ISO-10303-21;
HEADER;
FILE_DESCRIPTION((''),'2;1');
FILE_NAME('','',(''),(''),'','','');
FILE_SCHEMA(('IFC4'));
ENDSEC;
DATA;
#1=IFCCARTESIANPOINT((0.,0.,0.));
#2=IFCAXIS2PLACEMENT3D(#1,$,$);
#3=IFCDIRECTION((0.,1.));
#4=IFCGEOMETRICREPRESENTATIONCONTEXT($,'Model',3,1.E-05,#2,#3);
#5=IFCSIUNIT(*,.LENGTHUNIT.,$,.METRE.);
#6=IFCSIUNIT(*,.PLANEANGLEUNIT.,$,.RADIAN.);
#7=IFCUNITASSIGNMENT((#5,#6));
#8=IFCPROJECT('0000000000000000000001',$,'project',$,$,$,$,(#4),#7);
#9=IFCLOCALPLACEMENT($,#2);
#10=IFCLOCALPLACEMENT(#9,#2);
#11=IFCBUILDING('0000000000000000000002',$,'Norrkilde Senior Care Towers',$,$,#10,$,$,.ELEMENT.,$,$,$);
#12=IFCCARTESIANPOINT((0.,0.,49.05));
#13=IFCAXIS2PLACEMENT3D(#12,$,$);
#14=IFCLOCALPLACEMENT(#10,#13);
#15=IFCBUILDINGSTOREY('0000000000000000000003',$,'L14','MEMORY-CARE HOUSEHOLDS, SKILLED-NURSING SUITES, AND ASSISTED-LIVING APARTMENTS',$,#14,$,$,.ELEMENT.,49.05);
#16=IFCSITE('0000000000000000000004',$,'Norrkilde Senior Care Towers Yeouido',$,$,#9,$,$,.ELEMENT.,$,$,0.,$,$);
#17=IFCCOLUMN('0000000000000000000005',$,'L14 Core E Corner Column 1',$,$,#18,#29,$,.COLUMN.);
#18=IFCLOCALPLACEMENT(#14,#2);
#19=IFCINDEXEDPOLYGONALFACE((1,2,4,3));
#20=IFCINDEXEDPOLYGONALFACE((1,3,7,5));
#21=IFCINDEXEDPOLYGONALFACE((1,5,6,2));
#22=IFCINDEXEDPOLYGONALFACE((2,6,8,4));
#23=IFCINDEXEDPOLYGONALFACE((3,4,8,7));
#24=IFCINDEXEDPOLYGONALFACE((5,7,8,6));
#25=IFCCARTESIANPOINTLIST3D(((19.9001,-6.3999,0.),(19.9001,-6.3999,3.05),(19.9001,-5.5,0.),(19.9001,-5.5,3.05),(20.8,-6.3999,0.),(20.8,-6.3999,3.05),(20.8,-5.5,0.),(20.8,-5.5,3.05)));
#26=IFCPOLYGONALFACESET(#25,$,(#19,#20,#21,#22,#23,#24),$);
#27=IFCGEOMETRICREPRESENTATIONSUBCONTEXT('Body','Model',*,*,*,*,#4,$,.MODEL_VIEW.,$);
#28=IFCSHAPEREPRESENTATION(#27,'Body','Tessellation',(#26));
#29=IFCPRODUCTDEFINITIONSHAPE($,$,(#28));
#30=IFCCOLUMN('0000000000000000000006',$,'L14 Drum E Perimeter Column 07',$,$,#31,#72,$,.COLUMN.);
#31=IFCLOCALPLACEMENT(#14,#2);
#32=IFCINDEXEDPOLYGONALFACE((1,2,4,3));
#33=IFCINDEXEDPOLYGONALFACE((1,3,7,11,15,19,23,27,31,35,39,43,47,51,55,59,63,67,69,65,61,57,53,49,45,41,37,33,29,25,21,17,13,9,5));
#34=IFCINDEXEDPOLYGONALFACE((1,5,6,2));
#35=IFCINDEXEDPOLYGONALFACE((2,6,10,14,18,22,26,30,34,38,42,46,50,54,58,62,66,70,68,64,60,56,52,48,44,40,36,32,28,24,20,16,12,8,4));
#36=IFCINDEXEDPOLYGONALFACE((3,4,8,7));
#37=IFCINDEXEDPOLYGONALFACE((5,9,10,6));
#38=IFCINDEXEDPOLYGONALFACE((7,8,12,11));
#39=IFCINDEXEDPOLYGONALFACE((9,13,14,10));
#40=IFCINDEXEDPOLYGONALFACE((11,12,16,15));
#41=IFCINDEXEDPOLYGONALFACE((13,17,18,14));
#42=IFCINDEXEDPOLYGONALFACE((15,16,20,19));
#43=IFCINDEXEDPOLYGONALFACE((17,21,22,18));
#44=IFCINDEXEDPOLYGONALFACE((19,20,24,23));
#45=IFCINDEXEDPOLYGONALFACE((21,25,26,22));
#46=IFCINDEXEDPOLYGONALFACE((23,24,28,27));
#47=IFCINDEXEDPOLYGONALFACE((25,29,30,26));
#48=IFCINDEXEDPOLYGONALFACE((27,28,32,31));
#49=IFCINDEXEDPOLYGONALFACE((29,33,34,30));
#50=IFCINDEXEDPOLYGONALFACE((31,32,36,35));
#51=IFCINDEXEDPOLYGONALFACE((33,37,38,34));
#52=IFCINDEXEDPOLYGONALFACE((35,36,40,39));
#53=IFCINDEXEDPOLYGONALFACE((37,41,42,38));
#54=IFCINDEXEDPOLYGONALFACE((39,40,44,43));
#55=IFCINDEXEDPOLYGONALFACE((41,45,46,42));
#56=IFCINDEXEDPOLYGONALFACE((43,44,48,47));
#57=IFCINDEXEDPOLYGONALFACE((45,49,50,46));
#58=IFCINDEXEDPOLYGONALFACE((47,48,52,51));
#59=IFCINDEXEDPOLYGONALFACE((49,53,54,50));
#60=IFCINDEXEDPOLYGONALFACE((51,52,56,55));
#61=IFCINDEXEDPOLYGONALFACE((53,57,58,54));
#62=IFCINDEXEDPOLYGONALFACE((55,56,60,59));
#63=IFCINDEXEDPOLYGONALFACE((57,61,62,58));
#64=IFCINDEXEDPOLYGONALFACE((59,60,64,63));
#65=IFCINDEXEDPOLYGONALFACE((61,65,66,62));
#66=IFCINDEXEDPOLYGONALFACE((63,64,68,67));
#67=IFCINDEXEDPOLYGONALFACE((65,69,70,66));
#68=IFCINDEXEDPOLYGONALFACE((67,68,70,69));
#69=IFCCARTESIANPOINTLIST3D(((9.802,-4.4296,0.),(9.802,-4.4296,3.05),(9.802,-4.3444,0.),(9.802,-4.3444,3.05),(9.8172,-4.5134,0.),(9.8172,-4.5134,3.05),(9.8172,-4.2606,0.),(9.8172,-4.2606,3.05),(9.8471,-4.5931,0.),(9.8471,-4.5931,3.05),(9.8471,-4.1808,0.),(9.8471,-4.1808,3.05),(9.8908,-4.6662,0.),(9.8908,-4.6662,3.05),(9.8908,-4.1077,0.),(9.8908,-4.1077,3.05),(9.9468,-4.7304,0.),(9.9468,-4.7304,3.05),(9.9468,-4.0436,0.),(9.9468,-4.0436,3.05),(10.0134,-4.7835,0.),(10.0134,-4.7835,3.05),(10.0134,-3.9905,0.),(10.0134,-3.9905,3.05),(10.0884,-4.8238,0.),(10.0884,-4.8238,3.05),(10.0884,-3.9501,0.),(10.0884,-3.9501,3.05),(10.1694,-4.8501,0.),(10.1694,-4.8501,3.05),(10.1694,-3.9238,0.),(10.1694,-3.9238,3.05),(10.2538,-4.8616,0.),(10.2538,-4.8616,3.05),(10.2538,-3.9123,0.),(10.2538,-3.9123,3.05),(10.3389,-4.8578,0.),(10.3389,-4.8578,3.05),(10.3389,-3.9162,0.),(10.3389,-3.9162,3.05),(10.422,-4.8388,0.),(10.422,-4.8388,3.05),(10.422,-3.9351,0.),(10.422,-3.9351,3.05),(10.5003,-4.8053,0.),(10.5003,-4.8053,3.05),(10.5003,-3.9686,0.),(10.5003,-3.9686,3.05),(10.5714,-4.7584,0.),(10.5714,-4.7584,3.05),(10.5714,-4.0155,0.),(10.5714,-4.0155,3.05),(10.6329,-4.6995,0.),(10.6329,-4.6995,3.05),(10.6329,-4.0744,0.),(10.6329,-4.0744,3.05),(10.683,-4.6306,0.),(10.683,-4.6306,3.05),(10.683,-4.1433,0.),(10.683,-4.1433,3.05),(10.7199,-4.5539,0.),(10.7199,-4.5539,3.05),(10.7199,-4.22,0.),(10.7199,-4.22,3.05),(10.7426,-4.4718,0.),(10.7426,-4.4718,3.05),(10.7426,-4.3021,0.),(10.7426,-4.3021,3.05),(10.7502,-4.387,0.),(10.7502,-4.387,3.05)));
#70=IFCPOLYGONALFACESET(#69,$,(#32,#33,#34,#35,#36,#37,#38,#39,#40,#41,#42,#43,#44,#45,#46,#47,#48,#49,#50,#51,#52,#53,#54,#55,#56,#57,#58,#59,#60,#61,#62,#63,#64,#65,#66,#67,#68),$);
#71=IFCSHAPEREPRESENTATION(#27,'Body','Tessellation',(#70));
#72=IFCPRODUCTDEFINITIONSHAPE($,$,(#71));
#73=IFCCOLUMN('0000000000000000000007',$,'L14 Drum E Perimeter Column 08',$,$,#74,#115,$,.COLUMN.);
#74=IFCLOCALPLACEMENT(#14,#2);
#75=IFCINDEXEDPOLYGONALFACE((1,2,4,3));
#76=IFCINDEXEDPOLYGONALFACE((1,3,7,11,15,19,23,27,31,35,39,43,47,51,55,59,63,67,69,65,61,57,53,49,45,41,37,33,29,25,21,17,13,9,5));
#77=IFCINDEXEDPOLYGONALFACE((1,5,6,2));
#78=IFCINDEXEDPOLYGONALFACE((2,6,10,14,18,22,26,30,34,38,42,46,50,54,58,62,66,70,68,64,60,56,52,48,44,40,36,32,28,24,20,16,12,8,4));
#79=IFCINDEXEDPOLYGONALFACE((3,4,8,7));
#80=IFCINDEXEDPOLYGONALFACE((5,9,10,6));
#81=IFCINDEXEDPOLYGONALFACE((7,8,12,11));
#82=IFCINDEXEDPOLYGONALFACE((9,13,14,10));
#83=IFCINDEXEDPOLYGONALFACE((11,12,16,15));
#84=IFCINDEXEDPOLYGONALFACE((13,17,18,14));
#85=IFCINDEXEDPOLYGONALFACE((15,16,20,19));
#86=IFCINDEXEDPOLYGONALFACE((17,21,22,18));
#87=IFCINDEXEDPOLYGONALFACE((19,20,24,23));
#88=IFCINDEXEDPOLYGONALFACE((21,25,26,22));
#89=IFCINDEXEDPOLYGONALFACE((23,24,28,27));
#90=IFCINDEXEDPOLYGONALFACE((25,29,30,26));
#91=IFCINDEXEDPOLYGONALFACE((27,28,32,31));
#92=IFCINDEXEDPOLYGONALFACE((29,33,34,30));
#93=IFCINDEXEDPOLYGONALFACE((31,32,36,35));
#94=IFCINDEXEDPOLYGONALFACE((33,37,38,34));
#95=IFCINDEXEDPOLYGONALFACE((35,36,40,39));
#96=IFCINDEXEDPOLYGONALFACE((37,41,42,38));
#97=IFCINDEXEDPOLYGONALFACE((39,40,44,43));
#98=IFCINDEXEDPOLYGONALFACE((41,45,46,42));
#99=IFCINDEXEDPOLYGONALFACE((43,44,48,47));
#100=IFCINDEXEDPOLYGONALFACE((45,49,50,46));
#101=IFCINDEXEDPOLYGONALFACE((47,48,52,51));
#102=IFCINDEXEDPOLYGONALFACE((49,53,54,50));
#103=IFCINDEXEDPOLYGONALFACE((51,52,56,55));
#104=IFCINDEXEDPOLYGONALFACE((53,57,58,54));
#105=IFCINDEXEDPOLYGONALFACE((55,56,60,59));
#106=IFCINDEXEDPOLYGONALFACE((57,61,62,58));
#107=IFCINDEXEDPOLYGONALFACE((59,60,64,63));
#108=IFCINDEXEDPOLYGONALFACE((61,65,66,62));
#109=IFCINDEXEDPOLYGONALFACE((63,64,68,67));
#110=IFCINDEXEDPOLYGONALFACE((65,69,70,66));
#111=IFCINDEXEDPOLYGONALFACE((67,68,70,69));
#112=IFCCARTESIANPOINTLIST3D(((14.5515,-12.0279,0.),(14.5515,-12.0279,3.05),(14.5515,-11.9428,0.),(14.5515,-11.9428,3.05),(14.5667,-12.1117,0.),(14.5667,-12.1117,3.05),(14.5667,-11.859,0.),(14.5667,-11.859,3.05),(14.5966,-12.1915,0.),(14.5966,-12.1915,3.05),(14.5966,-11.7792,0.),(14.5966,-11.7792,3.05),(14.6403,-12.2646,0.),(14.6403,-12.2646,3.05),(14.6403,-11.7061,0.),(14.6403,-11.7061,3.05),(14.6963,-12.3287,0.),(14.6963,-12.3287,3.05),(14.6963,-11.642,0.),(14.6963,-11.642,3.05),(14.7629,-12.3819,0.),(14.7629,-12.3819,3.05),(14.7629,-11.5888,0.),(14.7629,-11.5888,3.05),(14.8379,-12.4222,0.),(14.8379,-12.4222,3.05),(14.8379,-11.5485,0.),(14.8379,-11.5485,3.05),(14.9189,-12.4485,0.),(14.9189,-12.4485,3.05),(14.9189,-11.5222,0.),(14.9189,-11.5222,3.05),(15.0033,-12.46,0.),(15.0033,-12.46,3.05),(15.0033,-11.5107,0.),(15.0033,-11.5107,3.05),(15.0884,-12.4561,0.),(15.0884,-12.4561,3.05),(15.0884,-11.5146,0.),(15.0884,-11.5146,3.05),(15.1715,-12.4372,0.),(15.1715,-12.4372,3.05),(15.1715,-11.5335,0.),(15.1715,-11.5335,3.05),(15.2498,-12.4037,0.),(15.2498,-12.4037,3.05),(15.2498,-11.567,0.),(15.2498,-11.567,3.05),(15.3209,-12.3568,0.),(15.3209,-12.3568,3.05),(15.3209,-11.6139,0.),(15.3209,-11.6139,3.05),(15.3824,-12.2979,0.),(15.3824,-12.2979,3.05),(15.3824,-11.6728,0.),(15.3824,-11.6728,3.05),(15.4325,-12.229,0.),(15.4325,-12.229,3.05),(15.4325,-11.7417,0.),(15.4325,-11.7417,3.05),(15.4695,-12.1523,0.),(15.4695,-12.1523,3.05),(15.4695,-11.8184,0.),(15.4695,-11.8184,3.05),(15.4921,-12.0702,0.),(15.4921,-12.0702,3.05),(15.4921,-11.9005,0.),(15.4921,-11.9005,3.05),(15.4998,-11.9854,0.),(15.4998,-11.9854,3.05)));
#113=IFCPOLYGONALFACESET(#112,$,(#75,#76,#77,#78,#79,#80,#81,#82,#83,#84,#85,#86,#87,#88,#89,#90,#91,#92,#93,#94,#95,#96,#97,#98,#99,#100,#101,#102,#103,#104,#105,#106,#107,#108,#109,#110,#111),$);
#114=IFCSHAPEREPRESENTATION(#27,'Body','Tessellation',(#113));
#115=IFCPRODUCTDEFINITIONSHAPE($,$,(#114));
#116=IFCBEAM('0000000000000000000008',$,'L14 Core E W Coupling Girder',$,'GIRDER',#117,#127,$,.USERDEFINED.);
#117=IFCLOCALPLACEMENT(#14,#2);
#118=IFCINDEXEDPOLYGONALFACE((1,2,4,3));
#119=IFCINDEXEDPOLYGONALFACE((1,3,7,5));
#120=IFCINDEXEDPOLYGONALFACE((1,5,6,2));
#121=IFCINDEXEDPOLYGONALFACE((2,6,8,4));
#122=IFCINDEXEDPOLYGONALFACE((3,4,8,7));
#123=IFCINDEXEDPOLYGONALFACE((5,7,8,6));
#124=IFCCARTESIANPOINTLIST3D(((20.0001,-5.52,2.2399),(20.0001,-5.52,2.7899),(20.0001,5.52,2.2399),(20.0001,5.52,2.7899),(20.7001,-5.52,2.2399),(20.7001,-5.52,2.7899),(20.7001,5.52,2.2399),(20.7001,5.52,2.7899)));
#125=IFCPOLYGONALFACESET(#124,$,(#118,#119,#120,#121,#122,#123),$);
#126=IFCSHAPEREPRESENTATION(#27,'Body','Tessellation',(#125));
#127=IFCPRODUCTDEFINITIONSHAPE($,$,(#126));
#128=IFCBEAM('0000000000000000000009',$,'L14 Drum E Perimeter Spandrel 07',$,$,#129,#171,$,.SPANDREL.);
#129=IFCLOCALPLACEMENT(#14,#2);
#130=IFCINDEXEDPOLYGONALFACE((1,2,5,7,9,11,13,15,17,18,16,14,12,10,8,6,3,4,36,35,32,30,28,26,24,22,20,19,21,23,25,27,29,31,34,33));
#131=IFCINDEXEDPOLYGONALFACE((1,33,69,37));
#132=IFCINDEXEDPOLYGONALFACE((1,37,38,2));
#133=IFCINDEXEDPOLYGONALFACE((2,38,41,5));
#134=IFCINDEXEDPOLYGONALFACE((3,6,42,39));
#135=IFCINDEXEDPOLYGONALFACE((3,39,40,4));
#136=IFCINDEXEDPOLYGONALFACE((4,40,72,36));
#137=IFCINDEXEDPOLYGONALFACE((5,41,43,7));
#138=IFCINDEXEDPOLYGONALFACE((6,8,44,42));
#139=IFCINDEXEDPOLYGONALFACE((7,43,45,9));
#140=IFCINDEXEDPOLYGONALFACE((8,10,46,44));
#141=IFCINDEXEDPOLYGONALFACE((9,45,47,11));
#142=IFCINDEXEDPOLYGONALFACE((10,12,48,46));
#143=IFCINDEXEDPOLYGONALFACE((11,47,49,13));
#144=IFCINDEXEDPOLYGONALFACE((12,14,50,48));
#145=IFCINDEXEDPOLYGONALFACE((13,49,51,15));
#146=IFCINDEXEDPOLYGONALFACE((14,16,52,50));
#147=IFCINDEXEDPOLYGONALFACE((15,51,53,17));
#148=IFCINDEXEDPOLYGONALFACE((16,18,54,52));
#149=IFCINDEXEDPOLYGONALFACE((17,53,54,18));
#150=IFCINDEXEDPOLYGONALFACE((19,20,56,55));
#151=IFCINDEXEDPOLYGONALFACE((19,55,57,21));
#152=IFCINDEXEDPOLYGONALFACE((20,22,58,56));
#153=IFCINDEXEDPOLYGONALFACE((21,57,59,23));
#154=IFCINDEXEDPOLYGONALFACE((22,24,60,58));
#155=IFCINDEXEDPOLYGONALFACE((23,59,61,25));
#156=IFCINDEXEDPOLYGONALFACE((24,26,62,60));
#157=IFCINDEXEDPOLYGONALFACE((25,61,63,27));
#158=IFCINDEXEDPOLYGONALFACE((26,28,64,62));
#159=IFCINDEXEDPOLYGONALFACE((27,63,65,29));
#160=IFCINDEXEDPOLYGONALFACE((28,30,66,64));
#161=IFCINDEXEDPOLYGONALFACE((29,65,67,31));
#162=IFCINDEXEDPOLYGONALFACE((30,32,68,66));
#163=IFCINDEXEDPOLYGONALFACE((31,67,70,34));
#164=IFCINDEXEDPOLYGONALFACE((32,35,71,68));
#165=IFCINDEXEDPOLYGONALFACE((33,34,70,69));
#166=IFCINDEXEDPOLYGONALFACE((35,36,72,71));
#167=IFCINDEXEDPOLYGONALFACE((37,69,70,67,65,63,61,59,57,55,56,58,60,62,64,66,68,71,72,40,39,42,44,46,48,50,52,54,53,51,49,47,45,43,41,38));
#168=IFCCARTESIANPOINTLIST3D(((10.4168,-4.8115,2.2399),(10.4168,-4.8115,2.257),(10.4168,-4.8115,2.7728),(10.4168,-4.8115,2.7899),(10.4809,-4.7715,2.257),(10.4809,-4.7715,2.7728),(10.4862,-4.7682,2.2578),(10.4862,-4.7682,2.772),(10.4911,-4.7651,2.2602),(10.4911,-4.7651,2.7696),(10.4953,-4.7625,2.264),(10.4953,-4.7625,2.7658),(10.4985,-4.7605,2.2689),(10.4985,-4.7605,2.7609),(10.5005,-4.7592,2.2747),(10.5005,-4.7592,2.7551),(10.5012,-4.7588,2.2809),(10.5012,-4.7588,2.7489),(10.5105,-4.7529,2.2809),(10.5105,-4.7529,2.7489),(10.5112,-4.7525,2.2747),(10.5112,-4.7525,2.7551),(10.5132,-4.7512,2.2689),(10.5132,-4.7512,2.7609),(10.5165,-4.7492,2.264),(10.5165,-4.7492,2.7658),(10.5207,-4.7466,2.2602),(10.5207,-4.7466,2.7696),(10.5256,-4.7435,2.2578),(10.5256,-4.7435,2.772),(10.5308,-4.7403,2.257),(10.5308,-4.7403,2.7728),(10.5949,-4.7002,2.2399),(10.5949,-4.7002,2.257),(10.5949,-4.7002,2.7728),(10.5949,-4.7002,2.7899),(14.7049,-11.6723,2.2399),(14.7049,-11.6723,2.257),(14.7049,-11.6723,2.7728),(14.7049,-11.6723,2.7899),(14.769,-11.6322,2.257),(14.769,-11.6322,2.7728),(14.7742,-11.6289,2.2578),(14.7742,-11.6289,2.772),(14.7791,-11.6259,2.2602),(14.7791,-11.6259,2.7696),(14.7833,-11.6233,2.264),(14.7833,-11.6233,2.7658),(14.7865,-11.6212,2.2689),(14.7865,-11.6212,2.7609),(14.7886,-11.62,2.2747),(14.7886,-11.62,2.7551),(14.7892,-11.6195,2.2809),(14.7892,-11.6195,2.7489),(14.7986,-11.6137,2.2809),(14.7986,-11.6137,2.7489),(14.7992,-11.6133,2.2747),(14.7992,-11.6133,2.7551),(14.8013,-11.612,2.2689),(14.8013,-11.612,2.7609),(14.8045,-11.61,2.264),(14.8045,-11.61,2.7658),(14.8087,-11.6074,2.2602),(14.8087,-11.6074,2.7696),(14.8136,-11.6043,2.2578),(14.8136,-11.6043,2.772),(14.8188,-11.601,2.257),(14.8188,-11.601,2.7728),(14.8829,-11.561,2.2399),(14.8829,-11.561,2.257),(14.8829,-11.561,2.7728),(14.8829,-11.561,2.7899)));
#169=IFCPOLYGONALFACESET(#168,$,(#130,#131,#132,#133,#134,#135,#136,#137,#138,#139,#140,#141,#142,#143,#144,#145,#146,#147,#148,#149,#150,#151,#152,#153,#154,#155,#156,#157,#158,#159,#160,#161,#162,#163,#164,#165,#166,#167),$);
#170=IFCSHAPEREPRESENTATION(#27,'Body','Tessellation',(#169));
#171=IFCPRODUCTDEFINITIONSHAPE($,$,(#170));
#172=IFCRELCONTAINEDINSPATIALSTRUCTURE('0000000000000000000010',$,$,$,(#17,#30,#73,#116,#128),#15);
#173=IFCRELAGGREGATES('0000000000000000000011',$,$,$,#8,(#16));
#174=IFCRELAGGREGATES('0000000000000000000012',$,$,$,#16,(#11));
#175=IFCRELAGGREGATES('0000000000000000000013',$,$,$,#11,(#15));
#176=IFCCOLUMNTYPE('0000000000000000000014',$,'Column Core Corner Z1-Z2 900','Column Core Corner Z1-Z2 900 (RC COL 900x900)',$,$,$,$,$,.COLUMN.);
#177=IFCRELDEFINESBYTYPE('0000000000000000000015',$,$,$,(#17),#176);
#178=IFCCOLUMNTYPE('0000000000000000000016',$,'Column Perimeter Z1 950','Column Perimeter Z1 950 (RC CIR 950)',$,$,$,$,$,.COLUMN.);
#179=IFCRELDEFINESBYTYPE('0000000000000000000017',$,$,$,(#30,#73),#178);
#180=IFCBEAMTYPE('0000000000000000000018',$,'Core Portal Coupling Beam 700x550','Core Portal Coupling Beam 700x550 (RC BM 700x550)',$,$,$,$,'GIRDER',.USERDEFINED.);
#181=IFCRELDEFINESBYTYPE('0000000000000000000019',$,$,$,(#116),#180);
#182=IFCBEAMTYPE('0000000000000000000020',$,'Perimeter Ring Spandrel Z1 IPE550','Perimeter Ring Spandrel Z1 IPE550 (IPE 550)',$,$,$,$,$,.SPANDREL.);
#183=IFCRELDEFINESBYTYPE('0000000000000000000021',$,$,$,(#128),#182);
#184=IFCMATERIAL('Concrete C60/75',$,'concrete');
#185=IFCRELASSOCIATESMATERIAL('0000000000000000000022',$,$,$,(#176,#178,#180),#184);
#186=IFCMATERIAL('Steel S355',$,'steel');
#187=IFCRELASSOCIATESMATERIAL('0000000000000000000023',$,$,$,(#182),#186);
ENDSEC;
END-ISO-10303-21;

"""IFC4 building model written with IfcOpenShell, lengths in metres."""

from ifc_helpers import new_model, si_unit, direction, frame, origin, origin_2d, place, context, subcontext, project, spatial, rectangle, circle, i_section, extrude, source, transform, mapped, material, material_profile, profile_set, type_object, type_shapes, element, save


model = new_model("IFC4")

# Units and contexts
model_context = context("Model", 3, precision=1e-05, world=origin(), true_north=direction((0.0, 1.0)))
body_context = subcontext(model_context, "Body", "Model", "MODEL_VIEW")
ifc_project = project(units=[si_unit("LENGTHUNIT", "METRE"), si_unit("PLANEANGLEUNIT", "RADIAN")], contexts=[model_context])

# Site, building, storey
site_placement = place(None, origin())
site = spatial("IfcSite", under=ifc_project, at=site_placement, Name="Norrkilde Senior Care Towers Yeouido", CompositionType="ELEMENT", RefElevation=0.0)
building_placement = place(site_placement, origin())
building = spatial("IfcBuilding", under=site, at=building_placement, Name="Norrkilde Senior Care Towers", CompositionType="ELEMENT")
storey_placement = place(building_placement, frame((0.0, 0.0, 49.05)))
storey = spatial("IfcBuildingStorey", under=building, at=storey_placement, Name="L14", Description="MEMORY-CARE HOUSEHOLDS, SKILLED-NURSING SUITES, AND ASSISTED-LIVING APARTMENTS", CompositionType="ELEMENT", Elevation=49.05)

# Columns
ifc_material_1 = material(Name="Concrete C60/75", Category="concrete")
ifc_material_profile_1 = material_profile(ifc_material_1, rectangle(XDim=0.8999, YDim=0.8999, at=origin_2d()), Name="RC COL 900x900")
ifc_profile_set_1 = profile_set([ifc_material_profile_1], Name="Concrete C60/75")
column_type_1 = type_object("IfcColumnType", Name="Column Core Corner Z1-Z2 900", Description="Column Core Corner Z1-Z2 900 (RC COL 900x900)", PredefinedType="COLUMN", material=ifc_profile_set_1)
shared_shape_1 = source(origin(), body_context, "Body", "SweptSolid", [
    extrude(rectangle(XDim=0.8999, YDim=0.8999, at=origin_2d()), origin(), (0.0, 0.0, 1.0), 3.05),
])
type_shapes(column_type_1, [shared_shape_1])
column_placement = place(storey_placement, frame((20.3501, -5.95, 0.0), z_axis=(0.0, 0.0, 1.0), x_axis=(1.0, 0.0, 0.0)))
element("IfcColumn", 1, at=column_placement, inside=storey, type_object=column_type_1, Name="L14 Core E Corner Column 1", PredefinedType="COLUMN", context=body_context, shape_type="MappedRepresentation", body=[
    mapped(shared_shape_1, transform((0.0, 0.0, 0.0), x_axis=(1.0, 0.0, 0.0), y_axis=(0.0, 1.0, 0.0), z_axis=(0.0, 0.0, 1.0), scale=1.0)),
])
ifc_material_profile_2 = material_profile(ifc_material_1, circle(Radius=0.4751, at=origin_2d()), Name="RC CIR 950")
ifc_profile_set_2 = profile_set([ifc_material_profile_2], Name="Concrete C60/75")
column_type_2 = type_object("IfcColumnType", Name="Column Perimeter Z1 950", Description="Column Perimeter Z1 950 (RC CIR 950)", PredefinedType="COLUMN", material=ifc_profile_set_2)
shared_shape_2 = source(origin(), body_context, "Body", "SweptSolid", [
    extrude(circle(Radius=0.4751, at=origin_2d()), origin(), (0.0, 0.0, 1.0), 3.05),
])
type_shapes(column_type_2, [shared_shape_2])
for number, where, z_axis, x_axis, name in (
    (2, (10.2751, -4.387, 0.0), (0.0, 0.0, 1.0), (1.0, 0.0, 0.0), "L14 Drum E Perimeter Column 07"),
    (3, (15.0247, -11.9854, 0.0), (0.0, 0.0, 1.0), (1.0, 0.0, 0.0), "L14 Drum E Perimeter Column 08"),
):
    element("IfcColumn", number, at=place(storey_placement, frame(where, z_axis=z_axis, x_axis=x_axis)), inside=storey, type_object=column_type_2, Name=name, PredefinedType="COLUMN", context=body_context, shape_type="MappedRepresentation", body=[
        mapped(shared_shape_2, transform((0.0, 0.0, 0.0), x_axis=(1.0, 0.0, 0.0), y_axis=(0.0, 1.0, 0.0), z_axis=(0.0, 0.0, 1.0), scale=1.0)),
    ])

# Beams
ifc_material_profile_3 = material_profile(ifc_material_1, rectangle(XDim=0.7, YDim=0.55, at=origin_2d()), Name="RC BM 700x550")
ifc_profile_set_3 = profile_set([ifc_material_profile_3], Name="Concrete C60/75")
beam_type_1 = type_object("IfcBeamType", Name="Core Portal Coupling Beam 700x550", Description="Core Portal Coupling Beam 700x550 (RC BM 700x550)", ElementType="GIRDER", PredefinedType="USERDEFINED", material=ifc_profile_set_3)
shared_shape_3 = source(origin(), body_context, "Body", "SweptSolid", [
    extrude(rectangle(XDim=0.7, YDim=0.55, at=origin_2d()), origin(), (0.0, 0.0, 1.0), 11.04),
])
type_shapes(beam_type_1, [shared_shape_3])
beam_1_placement = place(storey_placement, frame((20.3501, -5.52, 2.5149), z_axis=(0.0, 1.0, 0.0), x_axis=(-1.0, 0.0, 0.0)))
element("IfcBeam", 4, at=beam_1_placement, inside=storey, type_object=beam_type_1, Name="L14 Core E W Coupling Girder", ObjectType="GIRDER", PredefinedType="USERDEFINED", context=body_context, shape_type="MappedRepresentation", body=[
    mapped(shared_shape_3, transform((0.0, 0.0, 0.0), x_axis=(1.0, 0.0, 0.0), y_axis=(0.0, 1.0, 0.0), z_axis=(0.0, 0.0, 1.0), scale=1.0)),
])
ifc_material_2 = material(Name="Steel S355", Category="steel")
ifc_material_profile_4 = material_profile(ifc_material_2, i_section(OverallWidth=0.21, OverallDepth=0.55, WebThickness=0.011, FlangeThickness=0.0171, FilletRadius=0.0239, at=origin_2d()), Name="IPE 550")
ifc_profile_set_4 = profile_set([ifc_material_profile_4], Name="Steel S355")
beam_type_2 = type_object("IfcBeamType", Name="Perimeter Ring Spandrel Z1 IPE550", Description="Perimeter Ring Spandrel Z1 IPE550 (IPE 550)", PredefinedType="SPANDREL", material=ifc_profile_set_4)
shared_shape_4 = source(origin(), body_context, "Body", "SweptSolid", [
    extrude(i_section(OverallWidth=0.21, OverallDepth=0.55, WebThickness=0.011, FlangeThickness=0.0171, FilletRadius=0.0239, at=origin_2d()), origin(), (0.0, 0.0, 1.0), 8.0906),
])
beam_2_placement = place(storey_placement, frame((10.5059, -4.7559, 2.5149), z_axis=(0.530004, -0.847995, 0.0), x_axis=(0.847995, 0.530004, 0.0)))
element("IfcBeam", 5, at=beam_2_placement, inside=storey, type_object=beam_type_2, Name="L14 Drum E Perimeter Spandrel 07", PredefinedType="SPANDREL", context=body_context, shape_type="MappedRepresentation", body=[
    mapped(shared_shape_4, transform((0.0, 0.0, 0.0), x_axis=(1.0, 0.0, 0.0), y_axis=(0.0, 1.0, 0.0), z_axis=(0.0, 0.0, 1.0), scale=1.0)),
])

save(model, "model.ifc")
